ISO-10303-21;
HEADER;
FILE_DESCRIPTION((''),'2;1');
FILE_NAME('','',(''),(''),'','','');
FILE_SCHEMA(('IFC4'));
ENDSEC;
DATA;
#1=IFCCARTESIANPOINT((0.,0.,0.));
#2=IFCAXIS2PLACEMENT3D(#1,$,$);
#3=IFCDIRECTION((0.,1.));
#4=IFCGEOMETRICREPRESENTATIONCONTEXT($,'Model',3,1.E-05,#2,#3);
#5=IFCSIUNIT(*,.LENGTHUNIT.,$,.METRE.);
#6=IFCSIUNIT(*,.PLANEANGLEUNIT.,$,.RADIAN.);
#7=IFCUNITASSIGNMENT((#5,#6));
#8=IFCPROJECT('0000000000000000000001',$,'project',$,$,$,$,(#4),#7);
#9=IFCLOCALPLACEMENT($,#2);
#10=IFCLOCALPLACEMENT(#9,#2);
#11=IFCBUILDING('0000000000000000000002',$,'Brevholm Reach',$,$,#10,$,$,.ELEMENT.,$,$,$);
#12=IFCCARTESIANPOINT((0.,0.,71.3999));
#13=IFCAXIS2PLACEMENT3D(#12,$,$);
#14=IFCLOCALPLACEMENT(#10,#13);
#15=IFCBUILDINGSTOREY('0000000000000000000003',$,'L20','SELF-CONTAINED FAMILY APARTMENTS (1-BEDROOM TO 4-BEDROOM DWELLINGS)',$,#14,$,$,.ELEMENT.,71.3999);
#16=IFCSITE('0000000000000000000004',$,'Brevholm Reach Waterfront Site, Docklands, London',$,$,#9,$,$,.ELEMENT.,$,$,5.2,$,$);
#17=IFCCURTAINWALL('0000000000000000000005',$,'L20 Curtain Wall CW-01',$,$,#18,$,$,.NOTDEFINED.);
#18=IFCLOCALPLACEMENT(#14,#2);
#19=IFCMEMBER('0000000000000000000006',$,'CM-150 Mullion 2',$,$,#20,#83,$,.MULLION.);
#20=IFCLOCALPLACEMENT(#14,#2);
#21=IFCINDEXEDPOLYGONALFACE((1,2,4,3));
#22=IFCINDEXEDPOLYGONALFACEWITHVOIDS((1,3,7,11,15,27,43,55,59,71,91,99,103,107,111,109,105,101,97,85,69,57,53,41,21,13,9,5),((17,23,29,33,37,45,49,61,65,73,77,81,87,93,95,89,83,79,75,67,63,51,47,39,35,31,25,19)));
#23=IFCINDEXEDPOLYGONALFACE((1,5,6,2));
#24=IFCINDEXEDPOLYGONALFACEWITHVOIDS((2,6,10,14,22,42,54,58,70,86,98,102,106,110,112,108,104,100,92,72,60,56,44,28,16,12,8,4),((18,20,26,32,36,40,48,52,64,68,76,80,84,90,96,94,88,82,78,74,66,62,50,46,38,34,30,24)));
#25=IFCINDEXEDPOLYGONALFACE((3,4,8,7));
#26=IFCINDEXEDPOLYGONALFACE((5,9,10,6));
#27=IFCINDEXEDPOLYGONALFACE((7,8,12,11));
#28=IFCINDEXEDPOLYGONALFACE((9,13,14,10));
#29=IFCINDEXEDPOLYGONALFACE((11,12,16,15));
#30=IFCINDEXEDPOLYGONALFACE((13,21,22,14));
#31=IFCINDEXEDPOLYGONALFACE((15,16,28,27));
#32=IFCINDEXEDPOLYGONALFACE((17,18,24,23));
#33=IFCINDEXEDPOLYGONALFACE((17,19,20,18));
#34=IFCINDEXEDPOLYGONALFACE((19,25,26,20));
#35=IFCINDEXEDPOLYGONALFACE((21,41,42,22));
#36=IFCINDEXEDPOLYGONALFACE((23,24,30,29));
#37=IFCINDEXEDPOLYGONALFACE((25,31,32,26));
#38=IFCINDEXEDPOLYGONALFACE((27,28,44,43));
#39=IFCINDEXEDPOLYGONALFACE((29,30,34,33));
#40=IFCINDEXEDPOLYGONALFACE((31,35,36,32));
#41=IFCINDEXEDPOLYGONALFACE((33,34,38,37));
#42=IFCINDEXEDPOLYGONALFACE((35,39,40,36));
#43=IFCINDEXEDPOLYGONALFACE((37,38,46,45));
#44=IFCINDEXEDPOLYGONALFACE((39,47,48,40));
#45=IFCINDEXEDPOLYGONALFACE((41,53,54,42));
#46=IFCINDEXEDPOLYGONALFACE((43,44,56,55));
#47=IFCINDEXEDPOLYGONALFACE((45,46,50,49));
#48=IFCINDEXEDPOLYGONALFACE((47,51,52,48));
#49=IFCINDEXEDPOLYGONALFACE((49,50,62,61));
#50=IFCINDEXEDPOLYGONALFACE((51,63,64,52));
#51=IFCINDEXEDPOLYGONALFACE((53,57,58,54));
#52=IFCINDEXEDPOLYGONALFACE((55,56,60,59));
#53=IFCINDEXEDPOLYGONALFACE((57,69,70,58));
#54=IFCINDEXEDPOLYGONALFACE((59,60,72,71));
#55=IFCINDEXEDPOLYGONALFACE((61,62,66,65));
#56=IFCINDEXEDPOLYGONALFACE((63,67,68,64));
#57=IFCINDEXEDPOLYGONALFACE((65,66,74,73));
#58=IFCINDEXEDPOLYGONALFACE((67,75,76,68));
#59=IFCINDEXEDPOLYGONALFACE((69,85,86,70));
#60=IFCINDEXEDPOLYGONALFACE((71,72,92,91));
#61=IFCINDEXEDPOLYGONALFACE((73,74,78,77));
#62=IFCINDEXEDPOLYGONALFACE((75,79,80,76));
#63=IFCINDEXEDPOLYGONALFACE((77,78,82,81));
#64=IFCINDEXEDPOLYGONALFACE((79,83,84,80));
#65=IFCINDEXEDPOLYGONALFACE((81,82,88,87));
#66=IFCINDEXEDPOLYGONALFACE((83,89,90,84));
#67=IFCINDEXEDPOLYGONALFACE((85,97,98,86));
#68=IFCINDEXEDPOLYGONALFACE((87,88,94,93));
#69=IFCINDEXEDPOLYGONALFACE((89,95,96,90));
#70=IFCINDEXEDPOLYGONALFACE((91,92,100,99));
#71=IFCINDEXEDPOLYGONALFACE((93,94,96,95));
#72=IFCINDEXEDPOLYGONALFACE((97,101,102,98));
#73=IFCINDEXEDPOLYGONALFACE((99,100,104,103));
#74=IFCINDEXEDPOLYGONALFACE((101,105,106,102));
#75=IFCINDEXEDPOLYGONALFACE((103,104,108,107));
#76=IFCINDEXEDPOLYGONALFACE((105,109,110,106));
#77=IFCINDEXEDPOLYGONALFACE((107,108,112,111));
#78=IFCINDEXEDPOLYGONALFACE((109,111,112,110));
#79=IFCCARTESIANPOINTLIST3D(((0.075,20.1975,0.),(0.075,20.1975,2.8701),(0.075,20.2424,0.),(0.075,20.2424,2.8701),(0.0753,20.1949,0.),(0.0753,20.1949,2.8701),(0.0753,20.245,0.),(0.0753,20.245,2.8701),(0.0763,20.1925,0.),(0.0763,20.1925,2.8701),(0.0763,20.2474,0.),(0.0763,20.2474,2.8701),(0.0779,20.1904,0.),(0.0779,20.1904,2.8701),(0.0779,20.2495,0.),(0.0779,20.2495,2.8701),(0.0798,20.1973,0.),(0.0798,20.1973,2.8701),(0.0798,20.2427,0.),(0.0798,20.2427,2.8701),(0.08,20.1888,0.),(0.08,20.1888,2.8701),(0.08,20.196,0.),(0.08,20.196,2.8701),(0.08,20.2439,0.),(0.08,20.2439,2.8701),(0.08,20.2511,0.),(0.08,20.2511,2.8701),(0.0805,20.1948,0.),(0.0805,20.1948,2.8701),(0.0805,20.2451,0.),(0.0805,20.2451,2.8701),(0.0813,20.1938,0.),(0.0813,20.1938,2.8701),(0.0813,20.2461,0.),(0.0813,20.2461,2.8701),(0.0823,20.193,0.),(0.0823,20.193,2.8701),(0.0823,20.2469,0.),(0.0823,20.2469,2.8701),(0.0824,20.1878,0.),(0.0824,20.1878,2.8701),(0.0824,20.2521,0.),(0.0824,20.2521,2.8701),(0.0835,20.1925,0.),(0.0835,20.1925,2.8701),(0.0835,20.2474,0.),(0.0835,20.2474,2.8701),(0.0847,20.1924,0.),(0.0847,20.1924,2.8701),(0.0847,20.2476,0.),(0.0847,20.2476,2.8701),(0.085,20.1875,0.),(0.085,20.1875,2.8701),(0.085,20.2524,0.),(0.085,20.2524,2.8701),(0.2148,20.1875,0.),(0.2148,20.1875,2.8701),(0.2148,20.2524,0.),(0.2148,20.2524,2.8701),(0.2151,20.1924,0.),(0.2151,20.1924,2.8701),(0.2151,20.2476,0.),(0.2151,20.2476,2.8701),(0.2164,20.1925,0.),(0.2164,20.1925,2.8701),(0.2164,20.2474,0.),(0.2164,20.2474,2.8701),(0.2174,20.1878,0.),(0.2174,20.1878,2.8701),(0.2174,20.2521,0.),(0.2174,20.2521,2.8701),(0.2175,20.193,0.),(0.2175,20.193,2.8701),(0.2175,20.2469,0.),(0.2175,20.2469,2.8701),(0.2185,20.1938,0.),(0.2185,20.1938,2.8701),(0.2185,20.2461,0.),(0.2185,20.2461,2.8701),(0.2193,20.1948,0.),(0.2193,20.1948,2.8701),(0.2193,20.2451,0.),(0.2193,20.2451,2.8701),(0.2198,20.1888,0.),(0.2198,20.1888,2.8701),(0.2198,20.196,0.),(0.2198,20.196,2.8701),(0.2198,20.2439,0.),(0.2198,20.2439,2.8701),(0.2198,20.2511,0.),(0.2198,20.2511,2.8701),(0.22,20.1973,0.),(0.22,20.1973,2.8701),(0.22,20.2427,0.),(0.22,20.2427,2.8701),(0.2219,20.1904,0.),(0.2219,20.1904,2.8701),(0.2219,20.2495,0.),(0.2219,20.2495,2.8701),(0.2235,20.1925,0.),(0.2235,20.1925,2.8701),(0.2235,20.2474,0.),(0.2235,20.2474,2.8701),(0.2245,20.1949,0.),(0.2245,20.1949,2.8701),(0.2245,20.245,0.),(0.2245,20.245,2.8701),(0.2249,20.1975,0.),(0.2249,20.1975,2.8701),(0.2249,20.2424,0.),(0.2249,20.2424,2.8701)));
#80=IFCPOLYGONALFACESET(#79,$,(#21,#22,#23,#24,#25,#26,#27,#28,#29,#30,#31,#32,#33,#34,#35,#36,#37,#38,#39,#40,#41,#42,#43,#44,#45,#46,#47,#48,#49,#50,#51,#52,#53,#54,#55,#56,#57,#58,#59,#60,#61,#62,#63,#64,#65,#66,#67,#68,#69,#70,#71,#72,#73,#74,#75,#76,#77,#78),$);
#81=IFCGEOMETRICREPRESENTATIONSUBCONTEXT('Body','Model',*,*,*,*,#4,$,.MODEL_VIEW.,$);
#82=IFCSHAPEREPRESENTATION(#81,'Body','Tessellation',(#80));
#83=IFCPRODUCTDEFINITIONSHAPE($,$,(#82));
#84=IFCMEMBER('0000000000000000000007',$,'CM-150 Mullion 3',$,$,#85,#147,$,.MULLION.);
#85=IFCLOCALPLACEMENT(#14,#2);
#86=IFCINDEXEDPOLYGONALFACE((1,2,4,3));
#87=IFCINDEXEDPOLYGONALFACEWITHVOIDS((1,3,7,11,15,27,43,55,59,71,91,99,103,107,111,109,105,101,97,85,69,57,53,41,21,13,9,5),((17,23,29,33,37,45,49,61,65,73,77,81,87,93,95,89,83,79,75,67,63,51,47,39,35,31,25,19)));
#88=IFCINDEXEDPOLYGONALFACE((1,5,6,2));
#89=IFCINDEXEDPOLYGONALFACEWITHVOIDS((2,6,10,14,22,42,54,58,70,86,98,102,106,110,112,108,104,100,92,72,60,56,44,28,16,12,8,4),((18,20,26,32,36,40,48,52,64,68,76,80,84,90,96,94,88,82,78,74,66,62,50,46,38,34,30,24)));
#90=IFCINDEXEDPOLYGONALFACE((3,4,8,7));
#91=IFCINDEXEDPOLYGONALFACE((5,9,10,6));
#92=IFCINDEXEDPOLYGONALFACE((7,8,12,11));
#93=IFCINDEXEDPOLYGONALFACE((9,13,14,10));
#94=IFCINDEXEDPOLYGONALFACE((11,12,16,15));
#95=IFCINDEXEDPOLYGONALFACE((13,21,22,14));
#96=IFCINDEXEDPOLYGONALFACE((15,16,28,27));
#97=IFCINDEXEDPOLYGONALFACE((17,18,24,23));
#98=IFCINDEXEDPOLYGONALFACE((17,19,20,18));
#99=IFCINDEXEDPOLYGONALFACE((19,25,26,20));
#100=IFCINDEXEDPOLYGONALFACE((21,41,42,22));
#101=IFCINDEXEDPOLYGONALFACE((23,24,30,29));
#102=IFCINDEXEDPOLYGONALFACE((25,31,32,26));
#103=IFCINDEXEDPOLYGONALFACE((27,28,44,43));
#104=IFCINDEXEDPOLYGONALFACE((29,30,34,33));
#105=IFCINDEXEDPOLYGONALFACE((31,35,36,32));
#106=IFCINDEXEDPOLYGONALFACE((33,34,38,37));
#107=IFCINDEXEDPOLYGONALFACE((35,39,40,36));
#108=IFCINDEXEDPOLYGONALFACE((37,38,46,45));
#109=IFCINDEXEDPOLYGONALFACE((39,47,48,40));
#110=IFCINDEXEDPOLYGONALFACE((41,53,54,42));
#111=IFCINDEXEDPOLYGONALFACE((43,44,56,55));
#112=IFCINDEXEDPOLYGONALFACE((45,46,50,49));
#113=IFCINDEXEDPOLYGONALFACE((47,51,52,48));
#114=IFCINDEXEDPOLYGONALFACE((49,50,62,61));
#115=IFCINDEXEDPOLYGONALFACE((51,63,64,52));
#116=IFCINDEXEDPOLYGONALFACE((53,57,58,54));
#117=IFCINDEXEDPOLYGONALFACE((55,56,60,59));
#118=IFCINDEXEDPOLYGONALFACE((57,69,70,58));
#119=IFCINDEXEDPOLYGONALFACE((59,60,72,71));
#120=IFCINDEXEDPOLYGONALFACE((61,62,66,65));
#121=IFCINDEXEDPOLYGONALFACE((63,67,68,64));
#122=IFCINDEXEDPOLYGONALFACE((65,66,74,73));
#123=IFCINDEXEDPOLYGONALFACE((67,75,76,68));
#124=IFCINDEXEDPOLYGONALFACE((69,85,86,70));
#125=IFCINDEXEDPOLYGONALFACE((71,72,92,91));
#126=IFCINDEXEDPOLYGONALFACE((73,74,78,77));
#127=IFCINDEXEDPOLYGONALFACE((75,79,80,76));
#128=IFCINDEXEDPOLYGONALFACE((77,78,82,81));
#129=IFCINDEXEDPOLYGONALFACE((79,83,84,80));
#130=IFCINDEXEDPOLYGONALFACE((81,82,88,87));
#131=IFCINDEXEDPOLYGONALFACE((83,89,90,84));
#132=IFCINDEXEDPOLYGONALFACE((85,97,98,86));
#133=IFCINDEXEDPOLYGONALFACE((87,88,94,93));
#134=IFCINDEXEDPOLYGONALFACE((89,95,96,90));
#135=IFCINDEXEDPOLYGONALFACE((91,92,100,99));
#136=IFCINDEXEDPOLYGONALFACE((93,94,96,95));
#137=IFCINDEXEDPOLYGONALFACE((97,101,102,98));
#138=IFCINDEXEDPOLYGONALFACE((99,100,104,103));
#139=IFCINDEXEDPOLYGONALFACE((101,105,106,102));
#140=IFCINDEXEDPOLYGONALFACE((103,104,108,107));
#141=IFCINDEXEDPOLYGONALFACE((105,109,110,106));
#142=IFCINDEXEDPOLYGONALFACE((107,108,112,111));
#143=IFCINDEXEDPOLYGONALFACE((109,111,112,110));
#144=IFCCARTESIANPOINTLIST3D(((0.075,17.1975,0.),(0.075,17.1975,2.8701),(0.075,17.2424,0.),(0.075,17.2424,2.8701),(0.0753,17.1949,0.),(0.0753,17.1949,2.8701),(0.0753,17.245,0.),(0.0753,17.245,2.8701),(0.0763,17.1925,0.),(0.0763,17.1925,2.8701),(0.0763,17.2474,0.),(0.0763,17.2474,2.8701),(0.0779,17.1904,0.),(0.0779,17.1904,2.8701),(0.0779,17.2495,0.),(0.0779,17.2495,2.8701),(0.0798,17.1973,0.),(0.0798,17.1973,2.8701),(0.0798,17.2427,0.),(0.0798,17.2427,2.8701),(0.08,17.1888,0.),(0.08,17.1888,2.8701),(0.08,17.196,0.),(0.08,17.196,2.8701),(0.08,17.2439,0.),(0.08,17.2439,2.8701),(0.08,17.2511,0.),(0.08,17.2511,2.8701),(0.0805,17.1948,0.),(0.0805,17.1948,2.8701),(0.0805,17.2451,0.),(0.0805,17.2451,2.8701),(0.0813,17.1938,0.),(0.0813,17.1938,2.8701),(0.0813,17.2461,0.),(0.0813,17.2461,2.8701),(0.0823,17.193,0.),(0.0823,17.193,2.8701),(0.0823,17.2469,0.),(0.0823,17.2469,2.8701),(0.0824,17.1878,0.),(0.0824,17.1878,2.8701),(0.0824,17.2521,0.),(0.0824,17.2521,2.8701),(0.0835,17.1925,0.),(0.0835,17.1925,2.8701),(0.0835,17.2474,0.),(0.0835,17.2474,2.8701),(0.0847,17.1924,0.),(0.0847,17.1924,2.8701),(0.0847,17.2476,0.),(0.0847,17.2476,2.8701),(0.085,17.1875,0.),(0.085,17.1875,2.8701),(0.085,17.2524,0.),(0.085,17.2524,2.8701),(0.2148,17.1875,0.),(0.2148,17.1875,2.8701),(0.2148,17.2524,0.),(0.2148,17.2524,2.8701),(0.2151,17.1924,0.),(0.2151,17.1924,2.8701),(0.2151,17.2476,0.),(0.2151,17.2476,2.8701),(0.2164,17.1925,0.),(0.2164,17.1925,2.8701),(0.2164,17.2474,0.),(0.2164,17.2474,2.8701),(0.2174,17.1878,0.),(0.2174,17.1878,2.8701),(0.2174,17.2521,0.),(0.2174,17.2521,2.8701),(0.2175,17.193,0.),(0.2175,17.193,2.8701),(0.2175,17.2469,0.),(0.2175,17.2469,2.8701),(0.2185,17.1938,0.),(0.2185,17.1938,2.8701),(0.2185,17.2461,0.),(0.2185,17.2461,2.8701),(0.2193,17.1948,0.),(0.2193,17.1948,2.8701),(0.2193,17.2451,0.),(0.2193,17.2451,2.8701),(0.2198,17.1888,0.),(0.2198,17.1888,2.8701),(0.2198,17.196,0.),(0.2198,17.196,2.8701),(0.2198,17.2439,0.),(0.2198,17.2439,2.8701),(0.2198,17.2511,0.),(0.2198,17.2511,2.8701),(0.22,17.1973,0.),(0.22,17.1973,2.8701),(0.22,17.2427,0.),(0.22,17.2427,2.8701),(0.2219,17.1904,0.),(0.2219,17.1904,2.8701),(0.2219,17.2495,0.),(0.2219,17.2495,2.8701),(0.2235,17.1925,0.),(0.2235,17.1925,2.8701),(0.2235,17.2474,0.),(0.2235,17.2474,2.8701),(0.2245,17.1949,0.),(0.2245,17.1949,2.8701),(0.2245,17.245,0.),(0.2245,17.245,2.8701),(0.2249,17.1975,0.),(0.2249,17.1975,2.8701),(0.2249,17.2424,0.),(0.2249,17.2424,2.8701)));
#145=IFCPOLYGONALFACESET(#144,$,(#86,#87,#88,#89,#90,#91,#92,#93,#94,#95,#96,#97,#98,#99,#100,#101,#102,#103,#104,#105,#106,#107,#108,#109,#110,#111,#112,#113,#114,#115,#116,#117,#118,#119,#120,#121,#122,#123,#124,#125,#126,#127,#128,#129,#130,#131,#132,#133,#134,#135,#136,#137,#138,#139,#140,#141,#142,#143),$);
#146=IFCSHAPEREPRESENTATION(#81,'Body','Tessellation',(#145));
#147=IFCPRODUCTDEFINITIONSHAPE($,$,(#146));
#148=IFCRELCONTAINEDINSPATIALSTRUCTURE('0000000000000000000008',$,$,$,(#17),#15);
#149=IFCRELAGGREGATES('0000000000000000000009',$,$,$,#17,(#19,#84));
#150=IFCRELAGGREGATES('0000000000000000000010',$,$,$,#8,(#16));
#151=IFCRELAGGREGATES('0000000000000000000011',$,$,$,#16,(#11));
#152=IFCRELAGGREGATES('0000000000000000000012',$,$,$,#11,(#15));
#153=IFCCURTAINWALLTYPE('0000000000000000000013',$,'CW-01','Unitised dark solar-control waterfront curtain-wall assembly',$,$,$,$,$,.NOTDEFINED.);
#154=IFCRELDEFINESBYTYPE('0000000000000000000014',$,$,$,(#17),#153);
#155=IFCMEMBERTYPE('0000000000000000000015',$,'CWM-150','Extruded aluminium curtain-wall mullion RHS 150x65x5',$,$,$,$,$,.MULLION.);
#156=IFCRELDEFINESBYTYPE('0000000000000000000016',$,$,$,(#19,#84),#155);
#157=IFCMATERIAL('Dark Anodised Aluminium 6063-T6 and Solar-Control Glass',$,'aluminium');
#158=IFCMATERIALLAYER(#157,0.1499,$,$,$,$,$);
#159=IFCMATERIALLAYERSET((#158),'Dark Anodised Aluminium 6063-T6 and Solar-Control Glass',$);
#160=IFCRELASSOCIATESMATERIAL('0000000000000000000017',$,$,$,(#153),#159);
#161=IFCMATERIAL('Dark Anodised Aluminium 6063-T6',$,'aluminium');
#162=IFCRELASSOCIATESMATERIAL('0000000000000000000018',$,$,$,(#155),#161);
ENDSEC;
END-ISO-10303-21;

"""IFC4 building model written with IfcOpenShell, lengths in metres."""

from ifc_helpers import new_model, si_unit, direction, frame, origin, origin_2d, place, context, subcontext, project, spatial, hollow_rectangle, extrude, material, layer, layer_set, material_profile, profile_set, type_object, element, aggregate, save


model = new_model("IFC4")

# Units and contexts
model_context = context("Model", 3, precision=1e-05, world=origin(), true_north=direction((0.0, 1.0)))
body_context = subcontext(model_context, "Body", "Model", "MODEL_VIEW")
ifc_project = project(units=[si_unit("LENGTHUNIT", "METRE"), si_unit("PLANEANGLEUNIT", "RADIAN")], contexts=[model_context])

# Site, building, storey
site_placement = place(None, origin())
site = spatial("IfcSite", under=ifc_project, at=site_placement, Name="Brevholm Reach Waterfront Site, Docklands, London", CompositionType="ELEMENT", RefElevation=5.2)
building_placement = place(site_placement, origin())
building = spatial("IfcBuilding", under=site, at=building_placement, Name="Brevholm Reach", CompositionType="ELEMENT")
storey_placement = place(building_placement, frame((0.0, 0.0, 71.3999)))
storey = spatial("IfcBuildingStorey", under=building, at=storey_placement, Name="L20", Description="SELF-CONTAINED FAMILY APARTMENTS (1-BEDROOM TO 4-BEDROOM DWELLINGS)", CompositionType="ELEMENT", Elevation=71.3999)

# Curtain wall, members
ifc_material_1 = material(Name="Dark Anodised Aluminium 6063-T6 and Solar-Control Glass", Category="aluminium")
ifc_layer_1 = layer(ifc_material_1, 0.1499)
ifc_layer_set_1 = layer_set([ifc_layer_1], Name="Dark Anodised Aluminium 6063-T6 and Solar-Control Glass")
curtain_wall_type = type_object("IfcCurtainWallType", Name="CW-01", Description="Unitised dark solar-control waterfront curtain-wall assembly", PredefinedType="NOTDEFINED", material=ifc_layer_set_1)
curtain_wall_placement = place(storey_placement, origin())
curtain_wall = element("IfcCurtainWall", 1, at=curtain_wall_placement, inside=storey, type_object=curtain_wall_type, Name="L20 Curtain Wall CW-01", PredefinedType="NOTDEFINED")
ifc_material_2 = material(Name="Dark Anodised Aluminium 6063-T6", Category="aluminium")
ifc_material_profile_1 = material_profile(ifc_material_2, hollow_rectangle(XDim=0.0649, YDim=0.1499, WallThickness=0.0049, InnerFilletRadius=0.0049, OuterFilletRadius=0.01, at=origin_2d()), Name="RHS 150x65x5")
ifc_profile_set_1 = profile_set([ifc_material_profile_1], Name="Dark Anodised Aluminium 6063-T6")
member_type_1 = type_object("IfcMemberType", Name="CWM-150", Description="Extruded aluminium curtain-wall mullion RHS 150x65x5", PredefinedType="MULLION", material=ifc_profile_set_1)
member_1_placement = place(storey_placement, frame((0.1499, 20.22, 0.0), z_axis=(0.0, 0.0, 1.0), x_axis=(0.0, -1.0, 0.0)))
member_1 = element("IfcMember", 2, at=member_1_placement, type_object=member_type_1, Name="CM-150 Mullion 2", PredefinedType="MULLION", context=body_context, shape_type="SweptSolid", body=[
    extrude(hollow_rectangle(XDim=0.0649, YDim=0.1499, WallThickness=0.0049, InnerFilletRadius=0.0049, OuterFilletRadius=0.01, at=origin_2d()), origin(), (0.0, 0.0, 1.0), 2.8701),
])
member_2_placement = place(storey_placement, frame((0.1499, 17.22, 0.0), z_axis=(0.0, 0.0, 1.0), x_axis=(0.0, -1.0, 0.0)))
member_2 = element("IfcMember", 3, at=member_2_placement, type_object=member_type_1, Name="CM-150 Mullion 3", PredefinedType="MULLION", context=body_context, shape_type="SweptSolid", body=[
    extrude(hollow_rectangle(XDim=0.0649, YDim=0.1499, WallThickness=0.0049, InnerFilletRadius=0.0049, OuterFilletRadius=0.01, at=origin_2d()), origin(), (0.0, 0.0, 1.0), 2.8701),
])
aggregate(curtain_wall, [member_1, member_2])

save(model, "model.ifc")
